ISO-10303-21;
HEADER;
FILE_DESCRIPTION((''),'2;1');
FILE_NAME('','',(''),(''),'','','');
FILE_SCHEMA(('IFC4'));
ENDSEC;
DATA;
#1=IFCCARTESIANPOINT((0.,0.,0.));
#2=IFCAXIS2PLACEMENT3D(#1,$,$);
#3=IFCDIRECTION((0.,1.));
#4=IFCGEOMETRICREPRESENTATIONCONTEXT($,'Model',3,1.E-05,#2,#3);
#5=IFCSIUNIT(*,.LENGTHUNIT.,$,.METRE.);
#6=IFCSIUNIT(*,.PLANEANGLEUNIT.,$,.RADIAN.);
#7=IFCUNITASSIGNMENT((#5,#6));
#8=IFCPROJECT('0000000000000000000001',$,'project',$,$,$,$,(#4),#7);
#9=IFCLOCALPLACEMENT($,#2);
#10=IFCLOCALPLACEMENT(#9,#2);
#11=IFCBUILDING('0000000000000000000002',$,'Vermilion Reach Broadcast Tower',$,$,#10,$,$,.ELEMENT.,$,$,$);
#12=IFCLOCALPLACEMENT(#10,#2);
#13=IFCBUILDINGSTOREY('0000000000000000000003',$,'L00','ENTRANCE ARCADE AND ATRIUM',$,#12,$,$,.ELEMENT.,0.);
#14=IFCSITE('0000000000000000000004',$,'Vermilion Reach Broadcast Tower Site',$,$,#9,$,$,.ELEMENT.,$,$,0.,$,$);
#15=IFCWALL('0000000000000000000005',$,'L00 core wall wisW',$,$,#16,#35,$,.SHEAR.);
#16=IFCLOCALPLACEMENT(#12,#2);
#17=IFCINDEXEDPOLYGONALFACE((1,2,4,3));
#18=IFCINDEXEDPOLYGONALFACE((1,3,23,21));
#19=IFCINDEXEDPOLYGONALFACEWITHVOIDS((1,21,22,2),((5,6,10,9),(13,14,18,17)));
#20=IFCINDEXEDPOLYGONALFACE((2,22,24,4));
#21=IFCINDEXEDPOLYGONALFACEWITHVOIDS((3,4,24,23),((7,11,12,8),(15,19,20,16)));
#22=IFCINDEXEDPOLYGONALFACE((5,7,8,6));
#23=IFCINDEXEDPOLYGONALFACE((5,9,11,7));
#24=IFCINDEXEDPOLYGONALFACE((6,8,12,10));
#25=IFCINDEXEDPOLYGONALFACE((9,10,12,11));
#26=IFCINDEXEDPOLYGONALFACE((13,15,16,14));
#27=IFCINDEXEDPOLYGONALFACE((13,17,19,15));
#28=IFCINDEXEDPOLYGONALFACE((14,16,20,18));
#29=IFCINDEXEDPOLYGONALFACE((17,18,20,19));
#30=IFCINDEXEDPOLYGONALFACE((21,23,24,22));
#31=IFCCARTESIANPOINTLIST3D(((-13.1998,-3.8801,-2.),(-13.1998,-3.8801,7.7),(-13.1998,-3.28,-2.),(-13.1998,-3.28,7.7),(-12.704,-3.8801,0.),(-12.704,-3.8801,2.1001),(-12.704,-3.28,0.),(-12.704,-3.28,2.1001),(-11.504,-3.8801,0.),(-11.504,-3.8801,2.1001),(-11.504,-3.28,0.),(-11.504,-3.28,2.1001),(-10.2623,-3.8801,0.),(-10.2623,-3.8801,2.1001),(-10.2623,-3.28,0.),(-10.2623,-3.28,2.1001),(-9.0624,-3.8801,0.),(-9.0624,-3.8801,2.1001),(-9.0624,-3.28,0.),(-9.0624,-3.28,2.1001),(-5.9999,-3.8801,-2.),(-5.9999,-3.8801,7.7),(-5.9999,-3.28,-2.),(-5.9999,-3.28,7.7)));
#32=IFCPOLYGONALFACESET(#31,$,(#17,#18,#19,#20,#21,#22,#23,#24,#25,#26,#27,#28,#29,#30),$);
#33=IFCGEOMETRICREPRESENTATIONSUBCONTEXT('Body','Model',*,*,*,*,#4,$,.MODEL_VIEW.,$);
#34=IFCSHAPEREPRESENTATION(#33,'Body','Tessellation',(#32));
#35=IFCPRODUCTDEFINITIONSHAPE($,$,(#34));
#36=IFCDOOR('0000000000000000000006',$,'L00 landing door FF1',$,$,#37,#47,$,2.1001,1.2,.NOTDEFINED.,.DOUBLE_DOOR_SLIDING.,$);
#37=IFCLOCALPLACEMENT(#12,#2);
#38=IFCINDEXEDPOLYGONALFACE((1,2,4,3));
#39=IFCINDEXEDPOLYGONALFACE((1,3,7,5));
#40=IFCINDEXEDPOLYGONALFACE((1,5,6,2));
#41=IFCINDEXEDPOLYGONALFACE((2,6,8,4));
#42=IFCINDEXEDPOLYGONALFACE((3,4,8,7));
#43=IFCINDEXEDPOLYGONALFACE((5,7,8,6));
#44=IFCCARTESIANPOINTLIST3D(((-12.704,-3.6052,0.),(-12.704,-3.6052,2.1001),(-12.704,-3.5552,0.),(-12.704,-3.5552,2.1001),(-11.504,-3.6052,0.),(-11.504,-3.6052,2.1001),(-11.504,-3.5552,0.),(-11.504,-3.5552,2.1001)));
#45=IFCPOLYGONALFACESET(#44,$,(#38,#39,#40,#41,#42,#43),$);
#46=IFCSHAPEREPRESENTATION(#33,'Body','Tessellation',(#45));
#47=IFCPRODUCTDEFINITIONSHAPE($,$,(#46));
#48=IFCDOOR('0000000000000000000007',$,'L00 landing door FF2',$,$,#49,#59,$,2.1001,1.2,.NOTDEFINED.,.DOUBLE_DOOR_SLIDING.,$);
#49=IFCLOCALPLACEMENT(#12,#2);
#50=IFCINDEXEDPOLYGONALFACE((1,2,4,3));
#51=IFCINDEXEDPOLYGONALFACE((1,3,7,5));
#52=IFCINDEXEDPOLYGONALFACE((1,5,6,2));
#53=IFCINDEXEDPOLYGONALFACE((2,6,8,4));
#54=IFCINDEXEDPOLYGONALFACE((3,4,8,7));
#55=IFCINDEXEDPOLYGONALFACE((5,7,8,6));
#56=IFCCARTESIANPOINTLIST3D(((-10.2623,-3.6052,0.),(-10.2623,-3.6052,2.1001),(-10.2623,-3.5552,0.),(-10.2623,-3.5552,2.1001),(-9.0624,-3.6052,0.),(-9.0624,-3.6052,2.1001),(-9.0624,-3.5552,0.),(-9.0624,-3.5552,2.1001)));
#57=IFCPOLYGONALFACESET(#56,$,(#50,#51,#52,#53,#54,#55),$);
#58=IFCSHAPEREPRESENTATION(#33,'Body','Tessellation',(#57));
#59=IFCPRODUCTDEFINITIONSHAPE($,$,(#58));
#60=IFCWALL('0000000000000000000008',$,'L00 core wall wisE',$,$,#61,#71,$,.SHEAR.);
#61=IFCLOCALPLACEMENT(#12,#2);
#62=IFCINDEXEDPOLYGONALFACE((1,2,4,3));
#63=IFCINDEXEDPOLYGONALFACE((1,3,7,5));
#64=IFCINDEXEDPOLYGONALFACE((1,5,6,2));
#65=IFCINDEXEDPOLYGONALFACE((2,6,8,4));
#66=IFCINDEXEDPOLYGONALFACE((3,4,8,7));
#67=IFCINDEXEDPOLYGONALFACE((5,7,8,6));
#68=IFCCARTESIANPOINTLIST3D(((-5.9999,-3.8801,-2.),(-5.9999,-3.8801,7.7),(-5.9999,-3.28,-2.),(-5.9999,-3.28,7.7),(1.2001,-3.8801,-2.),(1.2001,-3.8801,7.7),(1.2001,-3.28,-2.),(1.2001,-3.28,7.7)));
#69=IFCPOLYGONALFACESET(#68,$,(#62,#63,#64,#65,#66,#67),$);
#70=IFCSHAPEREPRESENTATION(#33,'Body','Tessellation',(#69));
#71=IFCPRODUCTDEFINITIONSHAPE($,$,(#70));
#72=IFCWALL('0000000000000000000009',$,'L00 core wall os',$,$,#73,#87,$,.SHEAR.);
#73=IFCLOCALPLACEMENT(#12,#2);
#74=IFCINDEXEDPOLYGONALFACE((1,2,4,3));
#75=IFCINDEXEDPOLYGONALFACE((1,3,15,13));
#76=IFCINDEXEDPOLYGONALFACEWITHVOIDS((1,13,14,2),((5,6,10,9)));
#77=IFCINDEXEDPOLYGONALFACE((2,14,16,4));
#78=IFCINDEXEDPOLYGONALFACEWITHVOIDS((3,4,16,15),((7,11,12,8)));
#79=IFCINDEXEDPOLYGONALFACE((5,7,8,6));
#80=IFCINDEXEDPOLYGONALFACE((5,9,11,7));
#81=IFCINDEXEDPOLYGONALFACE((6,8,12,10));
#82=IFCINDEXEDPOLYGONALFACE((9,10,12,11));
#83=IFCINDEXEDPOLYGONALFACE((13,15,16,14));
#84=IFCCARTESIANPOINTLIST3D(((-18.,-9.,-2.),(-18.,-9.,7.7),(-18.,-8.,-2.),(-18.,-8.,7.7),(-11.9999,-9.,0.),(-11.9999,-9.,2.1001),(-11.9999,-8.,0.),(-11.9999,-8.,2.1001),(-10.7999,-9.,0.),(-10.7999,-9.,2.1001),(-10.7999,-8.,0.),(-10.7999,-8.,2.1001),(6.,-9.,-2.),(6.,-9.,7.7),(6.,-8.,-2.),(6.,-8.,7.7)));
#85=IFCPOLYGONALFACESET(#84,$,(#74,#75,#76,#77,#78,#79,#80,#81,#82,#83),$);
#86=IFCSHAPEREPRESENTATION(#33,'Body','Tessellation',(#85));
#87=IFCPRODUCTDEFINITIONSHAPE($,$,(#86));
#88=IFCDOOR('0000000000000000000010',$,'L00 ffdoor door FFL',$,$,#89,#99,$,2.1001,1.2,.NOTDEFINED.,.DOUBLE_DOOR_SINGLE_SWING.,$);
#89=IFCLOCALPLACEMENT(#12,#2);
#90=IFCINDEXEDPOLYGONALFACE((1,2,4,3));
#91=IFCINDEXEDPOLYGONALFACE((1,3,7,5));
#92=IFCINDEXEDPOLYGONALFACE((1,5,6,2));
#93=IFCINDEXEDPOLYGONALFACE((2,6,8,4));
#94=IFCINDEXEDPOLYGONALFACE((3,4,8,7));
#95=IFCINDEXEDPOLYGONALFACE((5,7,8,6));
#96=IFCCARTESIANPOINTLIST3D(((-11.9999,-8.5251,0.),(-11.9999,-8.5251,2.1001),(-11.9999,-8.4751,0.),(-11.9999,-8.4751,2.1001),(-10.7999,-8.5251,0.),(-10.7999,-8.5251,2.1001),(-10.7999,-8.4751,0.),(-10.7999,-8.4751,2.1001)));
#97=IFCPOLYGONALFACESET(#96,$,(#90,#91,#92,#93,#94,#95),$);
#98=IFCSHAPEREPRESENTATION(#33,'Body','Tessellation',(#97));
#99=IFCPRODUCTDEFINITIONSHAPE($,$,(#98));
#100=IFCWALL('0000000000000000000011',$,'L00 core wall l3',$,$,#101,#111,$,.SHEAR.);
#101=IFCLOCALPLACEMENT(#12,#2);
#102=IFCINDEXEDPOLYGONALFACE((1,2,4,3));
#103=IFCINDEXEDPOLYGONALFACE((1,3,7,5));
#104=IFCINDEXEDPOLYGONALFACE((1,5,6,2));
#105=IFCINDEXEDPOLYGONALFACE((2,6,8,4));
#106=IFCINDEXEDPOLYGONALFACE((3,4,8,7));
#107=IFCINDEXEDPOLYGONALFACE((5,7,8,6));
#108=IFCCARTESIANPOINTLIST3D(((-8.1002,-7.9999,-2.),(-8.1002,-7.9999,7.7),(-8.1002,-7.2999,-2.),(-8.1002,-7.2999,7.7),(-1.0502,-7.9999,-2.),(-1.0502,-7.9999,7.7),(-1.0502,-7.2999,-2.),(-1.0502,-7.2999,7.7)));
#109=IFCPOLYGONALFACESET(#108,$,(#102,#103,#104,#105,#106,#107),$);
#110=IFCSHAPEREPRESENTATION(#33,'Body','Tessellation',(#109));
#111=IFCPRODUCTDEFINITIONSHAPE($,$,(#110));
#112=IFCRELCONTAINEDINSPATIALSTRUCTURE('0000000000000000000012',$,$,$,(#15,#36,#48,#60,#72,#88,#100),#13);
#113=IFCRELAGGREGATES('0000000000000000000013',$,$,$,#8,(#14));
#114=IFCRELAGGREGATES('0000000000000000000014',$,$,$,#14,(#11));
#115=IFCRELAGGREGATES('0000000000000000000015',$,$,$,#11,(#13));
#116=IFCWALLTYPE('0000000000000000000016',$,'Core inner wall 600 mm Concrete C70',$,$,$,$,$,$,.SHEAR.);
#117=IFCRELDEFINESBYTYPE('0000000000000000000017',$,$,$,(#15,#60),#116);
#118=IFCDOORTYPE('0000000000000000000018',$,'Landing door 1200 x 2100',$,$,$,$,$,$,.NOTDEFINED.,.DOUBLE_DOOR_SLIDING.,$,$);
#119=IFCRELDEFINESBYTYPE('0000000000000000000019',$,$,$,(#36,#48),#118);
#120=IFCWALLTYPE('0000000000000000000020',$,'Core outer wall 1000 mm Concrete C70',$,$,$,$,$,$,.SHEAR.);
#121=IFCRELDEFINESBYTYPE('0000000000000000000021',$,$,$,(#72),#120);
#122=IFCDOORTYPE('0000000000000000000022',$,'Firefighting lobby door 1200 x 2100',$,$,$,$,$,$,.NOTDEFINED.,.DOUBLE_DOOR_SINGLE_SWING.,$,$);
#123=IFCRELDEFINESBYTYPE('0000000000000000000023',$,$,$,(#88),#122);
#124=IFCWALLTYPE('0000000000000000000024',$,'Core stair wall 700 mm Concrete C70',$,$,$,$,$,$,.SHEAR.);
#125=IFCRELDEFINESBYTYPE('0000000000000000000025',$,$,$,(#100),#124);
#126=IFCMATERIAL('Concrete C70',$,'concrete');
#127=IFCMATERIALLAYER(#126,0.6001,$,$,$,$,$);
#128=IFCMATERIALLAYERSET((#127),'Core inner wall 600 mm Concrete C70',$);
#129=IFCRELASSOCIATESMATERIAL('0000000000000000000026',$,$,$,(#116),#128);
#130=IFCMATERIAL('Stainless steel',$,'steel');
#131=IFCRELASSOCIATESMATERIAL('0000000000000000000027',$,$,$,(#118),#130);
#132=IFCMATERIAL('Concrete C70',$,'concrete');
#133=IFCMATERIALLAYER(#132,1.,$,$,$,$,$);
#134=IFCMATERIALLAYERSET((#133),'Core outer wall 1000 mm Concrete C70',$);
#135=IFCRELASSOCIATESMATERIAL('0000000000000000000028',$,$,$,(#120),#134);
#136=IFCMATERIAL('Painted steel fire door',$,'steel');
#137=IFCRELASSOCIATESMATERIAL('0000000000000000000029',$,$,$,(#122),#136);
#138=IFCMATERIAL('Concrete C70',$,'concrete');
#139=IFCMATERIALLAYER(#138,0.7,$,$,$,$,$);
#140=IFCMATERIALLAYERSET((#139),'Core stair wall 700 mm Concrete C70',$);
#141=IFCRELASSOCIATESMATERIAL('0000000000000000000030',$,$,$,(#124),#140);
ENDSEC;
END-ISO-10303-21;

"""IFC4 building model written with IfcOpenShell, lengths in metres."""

from ifc_helpers import new_model, si_unit, direction, frame, frame_2d, origin, place, context, subcontext, project, spatial, rectangle, extrude, material, layer, layer_set, type_object, element, fill, save


model = new_model("IFC4")

# Units and contexts
model_context = context("Model", 3, precision=1e-05, world=origin(), true_north=direction((0.0, 1.0)))
body_context = subcontext(model_context, "Body", "Model", "MODEL_VIEW")
ifc_project = project(units=[si_unit("LENGTHUNIT", "METRE"), si_unit("PLANEANGLEUNIT", "RADIAN")], contexts=[model_context])

# Site, building, storey
site_placement = place(None, origin())
site = spatial("IfcSite", under=ifc_project, at=site_placement, Name="Vermilion Reach Broadcast Tower Site", CompositionType="ELEMENT", RefElevation=0.0)
building_placement = place(site_placement, origin())
building = spatial("IfcBuilding", under=site, at=building_placement, Name="Vermilion Reach Broadcast Tower", CompositionType="ELEMENT")
storey_placement = place(building_placement, origin())
storey = spatial("IfcBuildingStorey", under=building, at=storey_placement, Name="L00", Description="ENTRANCE ARCADE AND ATRIUM", CompositionType="ELEMENT", Elevation=0.0)

# Wall, openings, doors
ifc_material_1 = material(Name="Concrete C70", Category="concrete")
ifc_layer_1 = layer(ifc_material_1, 0.6001)
ifc_layer_set_1 = layer_set([ifc_layer_1], Name="Core inner wall 600 mm Concrete C70")
wall_type_1 = type_object("IfcWallType", Name="Core inner wall 600 mm Concrete C70", PredefinedType="SHEAR", material=ifc_layer_set_1)
wall_1_placement = place(storey_placement, frame((-13.2, -3.5801, -2.0), z_axis=(0.0, 0.0, 1.0), x_axis=(1.0, 0.0, 0.0)))
wall_1 = element("IfcWall", 1, at=wall_1_placement, inside=storey, type_object=wall_type_1, Name="L00 core wall wisW", PredefinedType="SHEAR", context=body_context, shape_type="SweptSolid", body=[
    extrude(rectangle(XDim=7.2, YDim=0.6001, at=frame_2d((3.6001, 0.0))), origin(), (0.0, 0.0, 1.0), 9.7),
])
opening_1_placement = place(wall_1_placement, frame((0.4958, 0.0, 2.0)))
opening_1 = element("IfcOpeningElement", 2, at=opening_1_placement, cuts=wall_1, PredefinedType="OPENING", context=body_context, shape_type="SweptSolid", body=[
    extrude(rectangle(XDim=1.2, YDim=2.1001, at=frame_2d((0.6001, 1.05))), frame((0.0, 0.3101, 0.0), z_axis=(0.0, -1.0, 0.0), x_axis=(1.0, 0.0, 0.0)), (0.0, 0.0, 1.0), 0.6201),
])
opening_2_placement = place(wall_1_placement, frame((2.9375, 0.0, 2.0)))
opening_2 = element("IfcOpeningElement", 3, at=opening_2_placement, cuts=wall_1, PredefinedType="OPENING", context=body_context, shape_type="SweptSolid", body=[
    extrude(rectangle(XDim=1.2, YDim=2.1001, at=frame_2d((0.6001, 1.05))), frame((0.0, 0.3101, 0.0), z_axis=(0.0, -1.0, 0.0), x_axis=(1.0, 0.0, 0.0)), (0.0, 0.0, 1.0), 0.6201),
])
ifc_material_2 = material(Name="Stainless steel", Category="steel")
door_type_1 = type_object("IfcDoorType", Name="Landing door 1200 x 2100", OperationType="DOUBLE_DOOR_SLIDING", PredefinedType="NOTDEFINED", material=ifc_material_2)
door_1_placement = place(opening_1_placement, origin())
door_1 = element("IfcDoor", 4, at=door_1_placement, inside=storey, type_object=door_type_1, Name="L00 landing door FF1", OperationType="DOUBLE_DOOR_SLIDING", OverallHeight=2.1001, OverallWidth=1.2, PredefinedType="NOTDEFINED", context=body_context, shape_type="SweptSolid", body=[
    extrude(rectangle(XDim=1.2, YDim=2.1001, at=frame_2d((0.6001, 1.05))), frame((0.0, 0.0249, 0.0), z_axis=(0.0, -1.0, 0.0), x_axis=(1.0, 0.0, 0.0)), (0.0, 0.0, 1.0), 0.05),
])
fill(opening_1, door_1)
door_2_placement = place(opening_2_placement, origin())
door_2 = element("IfcDoor", 5, at=door_2_placement, inside=storey, type_object=door_type_1, Name="L00 landing door FF2", OperationType="DOUBLE_DOOR_SLIDING", OverallHeight=2.1001, OverallWidth=1.2, PredefinedType="NOTDEFINED", context=body_context, shape_type="SweptSolid", body=[
    extrude(rectangle(XDim=1.2, YDim=2.1001, at=frame_2d((0.6001, 1.05))), frame((0.0, 0.0249, 0.0), z_axis=(0.0, -1.0, 0.0), x_axis=(1.0, 0.0, 0.0)), (0.0, 0.0, 1.0), 0.05),
])
fill(opening_2, door_2)

# Wall
wall_2_placement = place(storey_placement, frame((-6.0, -3.5801, -2.0), z_axis=(0.0, 0.0, 1.0), x_axis=(1.0, 0.0, 0.0)))
element("IfcWall", 6, at=wall_2_placement, inside=storey, type_object=wall_type_1, Name="L00 core wall wisE", PredefinedType="SHEAR", context=body_context, shape_type="SweptSolid", body=[
    extrude(rectangle(XDim=7.2, YDim=0.6001, at=frame_2d((3.6001, 0.0))), origin(), (0.0, 0.0, 1.0), 9.7),
])

# Wall, opening, door
ifc_material_3 = material(Name="Concrete C70", Category="concrete")
ifc_layer_2 = layer(ifc_material_3, 1.0)
ifc_layer_set_2 = layer_set([ifc_layer_2], Name="Core outer wall 1000 mm Concrete C70")
wall_type_2 = type_object("IfcWallType", Name="Core outer wall 1000 mm Concrete C70", PredefinedType="SHEAR", material=ifc_layer_set_2)
wall_3_placement = place(storey_placement, frame((-18.0, -8.5, -2.0), z_axis=(0.0, 0.0, 1.0), x_axis=(1.0, 0.0, 0.0)))
wall_3 = element("IfcWall", 7, at=wall_3_placement, inside=storey, type_object=wall_type_2, Name="L00 core wall os", PredefinedType="SHEAR", context=body_context, shape_type="SweptSolid", body=[
    extrude(rectangle(XDim=24.0, YDim=1.0, at=frame_2d((12.0, 0.0))), origin(), (0.0, 0.0, 1.0), 9.7),
])
opening_3_placement = place(wall_3_placement, frame((6.0, 0.0, 2.0)))
opening_3 = element("IfcOpeningElement", 8, at=opening_3_placement, cuts=wall_3, PredefinedType="OPENING", context=body_context, shape_type="SweptSolid", body=[
    extrude(rectangle(XDim=1.2, YDim=2.1001, at=frame_2d((0.6001, 1.05))), frame((0.0, 0.51, 0.0), z_axis=(0.0, -1.0, 0.0), x_axis=(1.0, 0.0, 0.0)), (0.0, 0.0, 1.0), 1.02),
])
ifc_material_4 = material(Name="Painted steel fire door", Category="steel")
door_type_2 = type_object("IfcDoorType", Name="Firefighting lobby door 1200 x 2100", OperationType="DOUBLE_DOOR_SINGLE_SWING", PredefinedType="NOTDEFINED", material=ifc_material_4)
door_3_placement = place(opening_3_placement, origin())
door_3 = element("IfcDoor", 9, at=door_3_placement, inside=storey, type_object=door_type_2, Name="L00 ffdoor door FFL", OperationType="DOUBLE_DOOR_SINGLE_SWING", OverallHeight=2.1001, OverallWidth=1.2, PredefinedType="NOTDEFINED", context=body_context, shape_type="SweptSolid", body=[
    extrude(rectangle(XDim=1.2, YDim=2.1001, at=frame_2d((0.6001, 1.05))), frame((0.0, 0.0249, 0.0), z_axis=(0.0, -1.0, 0.0), x_axis=(1.0, 0.0, 0.0)), (0.0, 0.0, 1.0), 0.05),
])
fill(opening_3, door_3)

# Wall
ifc_material_5 = material(Name="Concrete C70", Category="concrete")
ifc_layer_3 = layer(ifc_material_5, 0.7)
ifc_layer_set_3 = layer_set([ifc_layer_3], Name="Core stair wall 700 mm Concrete C70")
wall_type_3 = type_object("IfcWallType", Name="Core stair wall 700 mm Concrete C70", PredefinedType="SHEAR", material=ifc_layer_set_3)
wall_4_placement = place(storey_placement, frame((-8.1001, -7.6499, -2.0), z_axis=(0.0, 0.0, 1.0), x_axis=(1.0, 0.0, 0.0)))
element("IfcWall", 10, at=wall_4_placement, inside=storey, type_object=wall_type_3, Name="L00 core wall l3", PredefinedType="SHEAR", context=body_context, shape_type="SweptSolid", body=[
    extrude(rectangle(XDim=7.05, YDim=0.7, at=frame_2d((3.5249, 0.0))), origin(), (0.0, 0.0, 1.0), 9.7),
])

save(model, "model.ifc")
